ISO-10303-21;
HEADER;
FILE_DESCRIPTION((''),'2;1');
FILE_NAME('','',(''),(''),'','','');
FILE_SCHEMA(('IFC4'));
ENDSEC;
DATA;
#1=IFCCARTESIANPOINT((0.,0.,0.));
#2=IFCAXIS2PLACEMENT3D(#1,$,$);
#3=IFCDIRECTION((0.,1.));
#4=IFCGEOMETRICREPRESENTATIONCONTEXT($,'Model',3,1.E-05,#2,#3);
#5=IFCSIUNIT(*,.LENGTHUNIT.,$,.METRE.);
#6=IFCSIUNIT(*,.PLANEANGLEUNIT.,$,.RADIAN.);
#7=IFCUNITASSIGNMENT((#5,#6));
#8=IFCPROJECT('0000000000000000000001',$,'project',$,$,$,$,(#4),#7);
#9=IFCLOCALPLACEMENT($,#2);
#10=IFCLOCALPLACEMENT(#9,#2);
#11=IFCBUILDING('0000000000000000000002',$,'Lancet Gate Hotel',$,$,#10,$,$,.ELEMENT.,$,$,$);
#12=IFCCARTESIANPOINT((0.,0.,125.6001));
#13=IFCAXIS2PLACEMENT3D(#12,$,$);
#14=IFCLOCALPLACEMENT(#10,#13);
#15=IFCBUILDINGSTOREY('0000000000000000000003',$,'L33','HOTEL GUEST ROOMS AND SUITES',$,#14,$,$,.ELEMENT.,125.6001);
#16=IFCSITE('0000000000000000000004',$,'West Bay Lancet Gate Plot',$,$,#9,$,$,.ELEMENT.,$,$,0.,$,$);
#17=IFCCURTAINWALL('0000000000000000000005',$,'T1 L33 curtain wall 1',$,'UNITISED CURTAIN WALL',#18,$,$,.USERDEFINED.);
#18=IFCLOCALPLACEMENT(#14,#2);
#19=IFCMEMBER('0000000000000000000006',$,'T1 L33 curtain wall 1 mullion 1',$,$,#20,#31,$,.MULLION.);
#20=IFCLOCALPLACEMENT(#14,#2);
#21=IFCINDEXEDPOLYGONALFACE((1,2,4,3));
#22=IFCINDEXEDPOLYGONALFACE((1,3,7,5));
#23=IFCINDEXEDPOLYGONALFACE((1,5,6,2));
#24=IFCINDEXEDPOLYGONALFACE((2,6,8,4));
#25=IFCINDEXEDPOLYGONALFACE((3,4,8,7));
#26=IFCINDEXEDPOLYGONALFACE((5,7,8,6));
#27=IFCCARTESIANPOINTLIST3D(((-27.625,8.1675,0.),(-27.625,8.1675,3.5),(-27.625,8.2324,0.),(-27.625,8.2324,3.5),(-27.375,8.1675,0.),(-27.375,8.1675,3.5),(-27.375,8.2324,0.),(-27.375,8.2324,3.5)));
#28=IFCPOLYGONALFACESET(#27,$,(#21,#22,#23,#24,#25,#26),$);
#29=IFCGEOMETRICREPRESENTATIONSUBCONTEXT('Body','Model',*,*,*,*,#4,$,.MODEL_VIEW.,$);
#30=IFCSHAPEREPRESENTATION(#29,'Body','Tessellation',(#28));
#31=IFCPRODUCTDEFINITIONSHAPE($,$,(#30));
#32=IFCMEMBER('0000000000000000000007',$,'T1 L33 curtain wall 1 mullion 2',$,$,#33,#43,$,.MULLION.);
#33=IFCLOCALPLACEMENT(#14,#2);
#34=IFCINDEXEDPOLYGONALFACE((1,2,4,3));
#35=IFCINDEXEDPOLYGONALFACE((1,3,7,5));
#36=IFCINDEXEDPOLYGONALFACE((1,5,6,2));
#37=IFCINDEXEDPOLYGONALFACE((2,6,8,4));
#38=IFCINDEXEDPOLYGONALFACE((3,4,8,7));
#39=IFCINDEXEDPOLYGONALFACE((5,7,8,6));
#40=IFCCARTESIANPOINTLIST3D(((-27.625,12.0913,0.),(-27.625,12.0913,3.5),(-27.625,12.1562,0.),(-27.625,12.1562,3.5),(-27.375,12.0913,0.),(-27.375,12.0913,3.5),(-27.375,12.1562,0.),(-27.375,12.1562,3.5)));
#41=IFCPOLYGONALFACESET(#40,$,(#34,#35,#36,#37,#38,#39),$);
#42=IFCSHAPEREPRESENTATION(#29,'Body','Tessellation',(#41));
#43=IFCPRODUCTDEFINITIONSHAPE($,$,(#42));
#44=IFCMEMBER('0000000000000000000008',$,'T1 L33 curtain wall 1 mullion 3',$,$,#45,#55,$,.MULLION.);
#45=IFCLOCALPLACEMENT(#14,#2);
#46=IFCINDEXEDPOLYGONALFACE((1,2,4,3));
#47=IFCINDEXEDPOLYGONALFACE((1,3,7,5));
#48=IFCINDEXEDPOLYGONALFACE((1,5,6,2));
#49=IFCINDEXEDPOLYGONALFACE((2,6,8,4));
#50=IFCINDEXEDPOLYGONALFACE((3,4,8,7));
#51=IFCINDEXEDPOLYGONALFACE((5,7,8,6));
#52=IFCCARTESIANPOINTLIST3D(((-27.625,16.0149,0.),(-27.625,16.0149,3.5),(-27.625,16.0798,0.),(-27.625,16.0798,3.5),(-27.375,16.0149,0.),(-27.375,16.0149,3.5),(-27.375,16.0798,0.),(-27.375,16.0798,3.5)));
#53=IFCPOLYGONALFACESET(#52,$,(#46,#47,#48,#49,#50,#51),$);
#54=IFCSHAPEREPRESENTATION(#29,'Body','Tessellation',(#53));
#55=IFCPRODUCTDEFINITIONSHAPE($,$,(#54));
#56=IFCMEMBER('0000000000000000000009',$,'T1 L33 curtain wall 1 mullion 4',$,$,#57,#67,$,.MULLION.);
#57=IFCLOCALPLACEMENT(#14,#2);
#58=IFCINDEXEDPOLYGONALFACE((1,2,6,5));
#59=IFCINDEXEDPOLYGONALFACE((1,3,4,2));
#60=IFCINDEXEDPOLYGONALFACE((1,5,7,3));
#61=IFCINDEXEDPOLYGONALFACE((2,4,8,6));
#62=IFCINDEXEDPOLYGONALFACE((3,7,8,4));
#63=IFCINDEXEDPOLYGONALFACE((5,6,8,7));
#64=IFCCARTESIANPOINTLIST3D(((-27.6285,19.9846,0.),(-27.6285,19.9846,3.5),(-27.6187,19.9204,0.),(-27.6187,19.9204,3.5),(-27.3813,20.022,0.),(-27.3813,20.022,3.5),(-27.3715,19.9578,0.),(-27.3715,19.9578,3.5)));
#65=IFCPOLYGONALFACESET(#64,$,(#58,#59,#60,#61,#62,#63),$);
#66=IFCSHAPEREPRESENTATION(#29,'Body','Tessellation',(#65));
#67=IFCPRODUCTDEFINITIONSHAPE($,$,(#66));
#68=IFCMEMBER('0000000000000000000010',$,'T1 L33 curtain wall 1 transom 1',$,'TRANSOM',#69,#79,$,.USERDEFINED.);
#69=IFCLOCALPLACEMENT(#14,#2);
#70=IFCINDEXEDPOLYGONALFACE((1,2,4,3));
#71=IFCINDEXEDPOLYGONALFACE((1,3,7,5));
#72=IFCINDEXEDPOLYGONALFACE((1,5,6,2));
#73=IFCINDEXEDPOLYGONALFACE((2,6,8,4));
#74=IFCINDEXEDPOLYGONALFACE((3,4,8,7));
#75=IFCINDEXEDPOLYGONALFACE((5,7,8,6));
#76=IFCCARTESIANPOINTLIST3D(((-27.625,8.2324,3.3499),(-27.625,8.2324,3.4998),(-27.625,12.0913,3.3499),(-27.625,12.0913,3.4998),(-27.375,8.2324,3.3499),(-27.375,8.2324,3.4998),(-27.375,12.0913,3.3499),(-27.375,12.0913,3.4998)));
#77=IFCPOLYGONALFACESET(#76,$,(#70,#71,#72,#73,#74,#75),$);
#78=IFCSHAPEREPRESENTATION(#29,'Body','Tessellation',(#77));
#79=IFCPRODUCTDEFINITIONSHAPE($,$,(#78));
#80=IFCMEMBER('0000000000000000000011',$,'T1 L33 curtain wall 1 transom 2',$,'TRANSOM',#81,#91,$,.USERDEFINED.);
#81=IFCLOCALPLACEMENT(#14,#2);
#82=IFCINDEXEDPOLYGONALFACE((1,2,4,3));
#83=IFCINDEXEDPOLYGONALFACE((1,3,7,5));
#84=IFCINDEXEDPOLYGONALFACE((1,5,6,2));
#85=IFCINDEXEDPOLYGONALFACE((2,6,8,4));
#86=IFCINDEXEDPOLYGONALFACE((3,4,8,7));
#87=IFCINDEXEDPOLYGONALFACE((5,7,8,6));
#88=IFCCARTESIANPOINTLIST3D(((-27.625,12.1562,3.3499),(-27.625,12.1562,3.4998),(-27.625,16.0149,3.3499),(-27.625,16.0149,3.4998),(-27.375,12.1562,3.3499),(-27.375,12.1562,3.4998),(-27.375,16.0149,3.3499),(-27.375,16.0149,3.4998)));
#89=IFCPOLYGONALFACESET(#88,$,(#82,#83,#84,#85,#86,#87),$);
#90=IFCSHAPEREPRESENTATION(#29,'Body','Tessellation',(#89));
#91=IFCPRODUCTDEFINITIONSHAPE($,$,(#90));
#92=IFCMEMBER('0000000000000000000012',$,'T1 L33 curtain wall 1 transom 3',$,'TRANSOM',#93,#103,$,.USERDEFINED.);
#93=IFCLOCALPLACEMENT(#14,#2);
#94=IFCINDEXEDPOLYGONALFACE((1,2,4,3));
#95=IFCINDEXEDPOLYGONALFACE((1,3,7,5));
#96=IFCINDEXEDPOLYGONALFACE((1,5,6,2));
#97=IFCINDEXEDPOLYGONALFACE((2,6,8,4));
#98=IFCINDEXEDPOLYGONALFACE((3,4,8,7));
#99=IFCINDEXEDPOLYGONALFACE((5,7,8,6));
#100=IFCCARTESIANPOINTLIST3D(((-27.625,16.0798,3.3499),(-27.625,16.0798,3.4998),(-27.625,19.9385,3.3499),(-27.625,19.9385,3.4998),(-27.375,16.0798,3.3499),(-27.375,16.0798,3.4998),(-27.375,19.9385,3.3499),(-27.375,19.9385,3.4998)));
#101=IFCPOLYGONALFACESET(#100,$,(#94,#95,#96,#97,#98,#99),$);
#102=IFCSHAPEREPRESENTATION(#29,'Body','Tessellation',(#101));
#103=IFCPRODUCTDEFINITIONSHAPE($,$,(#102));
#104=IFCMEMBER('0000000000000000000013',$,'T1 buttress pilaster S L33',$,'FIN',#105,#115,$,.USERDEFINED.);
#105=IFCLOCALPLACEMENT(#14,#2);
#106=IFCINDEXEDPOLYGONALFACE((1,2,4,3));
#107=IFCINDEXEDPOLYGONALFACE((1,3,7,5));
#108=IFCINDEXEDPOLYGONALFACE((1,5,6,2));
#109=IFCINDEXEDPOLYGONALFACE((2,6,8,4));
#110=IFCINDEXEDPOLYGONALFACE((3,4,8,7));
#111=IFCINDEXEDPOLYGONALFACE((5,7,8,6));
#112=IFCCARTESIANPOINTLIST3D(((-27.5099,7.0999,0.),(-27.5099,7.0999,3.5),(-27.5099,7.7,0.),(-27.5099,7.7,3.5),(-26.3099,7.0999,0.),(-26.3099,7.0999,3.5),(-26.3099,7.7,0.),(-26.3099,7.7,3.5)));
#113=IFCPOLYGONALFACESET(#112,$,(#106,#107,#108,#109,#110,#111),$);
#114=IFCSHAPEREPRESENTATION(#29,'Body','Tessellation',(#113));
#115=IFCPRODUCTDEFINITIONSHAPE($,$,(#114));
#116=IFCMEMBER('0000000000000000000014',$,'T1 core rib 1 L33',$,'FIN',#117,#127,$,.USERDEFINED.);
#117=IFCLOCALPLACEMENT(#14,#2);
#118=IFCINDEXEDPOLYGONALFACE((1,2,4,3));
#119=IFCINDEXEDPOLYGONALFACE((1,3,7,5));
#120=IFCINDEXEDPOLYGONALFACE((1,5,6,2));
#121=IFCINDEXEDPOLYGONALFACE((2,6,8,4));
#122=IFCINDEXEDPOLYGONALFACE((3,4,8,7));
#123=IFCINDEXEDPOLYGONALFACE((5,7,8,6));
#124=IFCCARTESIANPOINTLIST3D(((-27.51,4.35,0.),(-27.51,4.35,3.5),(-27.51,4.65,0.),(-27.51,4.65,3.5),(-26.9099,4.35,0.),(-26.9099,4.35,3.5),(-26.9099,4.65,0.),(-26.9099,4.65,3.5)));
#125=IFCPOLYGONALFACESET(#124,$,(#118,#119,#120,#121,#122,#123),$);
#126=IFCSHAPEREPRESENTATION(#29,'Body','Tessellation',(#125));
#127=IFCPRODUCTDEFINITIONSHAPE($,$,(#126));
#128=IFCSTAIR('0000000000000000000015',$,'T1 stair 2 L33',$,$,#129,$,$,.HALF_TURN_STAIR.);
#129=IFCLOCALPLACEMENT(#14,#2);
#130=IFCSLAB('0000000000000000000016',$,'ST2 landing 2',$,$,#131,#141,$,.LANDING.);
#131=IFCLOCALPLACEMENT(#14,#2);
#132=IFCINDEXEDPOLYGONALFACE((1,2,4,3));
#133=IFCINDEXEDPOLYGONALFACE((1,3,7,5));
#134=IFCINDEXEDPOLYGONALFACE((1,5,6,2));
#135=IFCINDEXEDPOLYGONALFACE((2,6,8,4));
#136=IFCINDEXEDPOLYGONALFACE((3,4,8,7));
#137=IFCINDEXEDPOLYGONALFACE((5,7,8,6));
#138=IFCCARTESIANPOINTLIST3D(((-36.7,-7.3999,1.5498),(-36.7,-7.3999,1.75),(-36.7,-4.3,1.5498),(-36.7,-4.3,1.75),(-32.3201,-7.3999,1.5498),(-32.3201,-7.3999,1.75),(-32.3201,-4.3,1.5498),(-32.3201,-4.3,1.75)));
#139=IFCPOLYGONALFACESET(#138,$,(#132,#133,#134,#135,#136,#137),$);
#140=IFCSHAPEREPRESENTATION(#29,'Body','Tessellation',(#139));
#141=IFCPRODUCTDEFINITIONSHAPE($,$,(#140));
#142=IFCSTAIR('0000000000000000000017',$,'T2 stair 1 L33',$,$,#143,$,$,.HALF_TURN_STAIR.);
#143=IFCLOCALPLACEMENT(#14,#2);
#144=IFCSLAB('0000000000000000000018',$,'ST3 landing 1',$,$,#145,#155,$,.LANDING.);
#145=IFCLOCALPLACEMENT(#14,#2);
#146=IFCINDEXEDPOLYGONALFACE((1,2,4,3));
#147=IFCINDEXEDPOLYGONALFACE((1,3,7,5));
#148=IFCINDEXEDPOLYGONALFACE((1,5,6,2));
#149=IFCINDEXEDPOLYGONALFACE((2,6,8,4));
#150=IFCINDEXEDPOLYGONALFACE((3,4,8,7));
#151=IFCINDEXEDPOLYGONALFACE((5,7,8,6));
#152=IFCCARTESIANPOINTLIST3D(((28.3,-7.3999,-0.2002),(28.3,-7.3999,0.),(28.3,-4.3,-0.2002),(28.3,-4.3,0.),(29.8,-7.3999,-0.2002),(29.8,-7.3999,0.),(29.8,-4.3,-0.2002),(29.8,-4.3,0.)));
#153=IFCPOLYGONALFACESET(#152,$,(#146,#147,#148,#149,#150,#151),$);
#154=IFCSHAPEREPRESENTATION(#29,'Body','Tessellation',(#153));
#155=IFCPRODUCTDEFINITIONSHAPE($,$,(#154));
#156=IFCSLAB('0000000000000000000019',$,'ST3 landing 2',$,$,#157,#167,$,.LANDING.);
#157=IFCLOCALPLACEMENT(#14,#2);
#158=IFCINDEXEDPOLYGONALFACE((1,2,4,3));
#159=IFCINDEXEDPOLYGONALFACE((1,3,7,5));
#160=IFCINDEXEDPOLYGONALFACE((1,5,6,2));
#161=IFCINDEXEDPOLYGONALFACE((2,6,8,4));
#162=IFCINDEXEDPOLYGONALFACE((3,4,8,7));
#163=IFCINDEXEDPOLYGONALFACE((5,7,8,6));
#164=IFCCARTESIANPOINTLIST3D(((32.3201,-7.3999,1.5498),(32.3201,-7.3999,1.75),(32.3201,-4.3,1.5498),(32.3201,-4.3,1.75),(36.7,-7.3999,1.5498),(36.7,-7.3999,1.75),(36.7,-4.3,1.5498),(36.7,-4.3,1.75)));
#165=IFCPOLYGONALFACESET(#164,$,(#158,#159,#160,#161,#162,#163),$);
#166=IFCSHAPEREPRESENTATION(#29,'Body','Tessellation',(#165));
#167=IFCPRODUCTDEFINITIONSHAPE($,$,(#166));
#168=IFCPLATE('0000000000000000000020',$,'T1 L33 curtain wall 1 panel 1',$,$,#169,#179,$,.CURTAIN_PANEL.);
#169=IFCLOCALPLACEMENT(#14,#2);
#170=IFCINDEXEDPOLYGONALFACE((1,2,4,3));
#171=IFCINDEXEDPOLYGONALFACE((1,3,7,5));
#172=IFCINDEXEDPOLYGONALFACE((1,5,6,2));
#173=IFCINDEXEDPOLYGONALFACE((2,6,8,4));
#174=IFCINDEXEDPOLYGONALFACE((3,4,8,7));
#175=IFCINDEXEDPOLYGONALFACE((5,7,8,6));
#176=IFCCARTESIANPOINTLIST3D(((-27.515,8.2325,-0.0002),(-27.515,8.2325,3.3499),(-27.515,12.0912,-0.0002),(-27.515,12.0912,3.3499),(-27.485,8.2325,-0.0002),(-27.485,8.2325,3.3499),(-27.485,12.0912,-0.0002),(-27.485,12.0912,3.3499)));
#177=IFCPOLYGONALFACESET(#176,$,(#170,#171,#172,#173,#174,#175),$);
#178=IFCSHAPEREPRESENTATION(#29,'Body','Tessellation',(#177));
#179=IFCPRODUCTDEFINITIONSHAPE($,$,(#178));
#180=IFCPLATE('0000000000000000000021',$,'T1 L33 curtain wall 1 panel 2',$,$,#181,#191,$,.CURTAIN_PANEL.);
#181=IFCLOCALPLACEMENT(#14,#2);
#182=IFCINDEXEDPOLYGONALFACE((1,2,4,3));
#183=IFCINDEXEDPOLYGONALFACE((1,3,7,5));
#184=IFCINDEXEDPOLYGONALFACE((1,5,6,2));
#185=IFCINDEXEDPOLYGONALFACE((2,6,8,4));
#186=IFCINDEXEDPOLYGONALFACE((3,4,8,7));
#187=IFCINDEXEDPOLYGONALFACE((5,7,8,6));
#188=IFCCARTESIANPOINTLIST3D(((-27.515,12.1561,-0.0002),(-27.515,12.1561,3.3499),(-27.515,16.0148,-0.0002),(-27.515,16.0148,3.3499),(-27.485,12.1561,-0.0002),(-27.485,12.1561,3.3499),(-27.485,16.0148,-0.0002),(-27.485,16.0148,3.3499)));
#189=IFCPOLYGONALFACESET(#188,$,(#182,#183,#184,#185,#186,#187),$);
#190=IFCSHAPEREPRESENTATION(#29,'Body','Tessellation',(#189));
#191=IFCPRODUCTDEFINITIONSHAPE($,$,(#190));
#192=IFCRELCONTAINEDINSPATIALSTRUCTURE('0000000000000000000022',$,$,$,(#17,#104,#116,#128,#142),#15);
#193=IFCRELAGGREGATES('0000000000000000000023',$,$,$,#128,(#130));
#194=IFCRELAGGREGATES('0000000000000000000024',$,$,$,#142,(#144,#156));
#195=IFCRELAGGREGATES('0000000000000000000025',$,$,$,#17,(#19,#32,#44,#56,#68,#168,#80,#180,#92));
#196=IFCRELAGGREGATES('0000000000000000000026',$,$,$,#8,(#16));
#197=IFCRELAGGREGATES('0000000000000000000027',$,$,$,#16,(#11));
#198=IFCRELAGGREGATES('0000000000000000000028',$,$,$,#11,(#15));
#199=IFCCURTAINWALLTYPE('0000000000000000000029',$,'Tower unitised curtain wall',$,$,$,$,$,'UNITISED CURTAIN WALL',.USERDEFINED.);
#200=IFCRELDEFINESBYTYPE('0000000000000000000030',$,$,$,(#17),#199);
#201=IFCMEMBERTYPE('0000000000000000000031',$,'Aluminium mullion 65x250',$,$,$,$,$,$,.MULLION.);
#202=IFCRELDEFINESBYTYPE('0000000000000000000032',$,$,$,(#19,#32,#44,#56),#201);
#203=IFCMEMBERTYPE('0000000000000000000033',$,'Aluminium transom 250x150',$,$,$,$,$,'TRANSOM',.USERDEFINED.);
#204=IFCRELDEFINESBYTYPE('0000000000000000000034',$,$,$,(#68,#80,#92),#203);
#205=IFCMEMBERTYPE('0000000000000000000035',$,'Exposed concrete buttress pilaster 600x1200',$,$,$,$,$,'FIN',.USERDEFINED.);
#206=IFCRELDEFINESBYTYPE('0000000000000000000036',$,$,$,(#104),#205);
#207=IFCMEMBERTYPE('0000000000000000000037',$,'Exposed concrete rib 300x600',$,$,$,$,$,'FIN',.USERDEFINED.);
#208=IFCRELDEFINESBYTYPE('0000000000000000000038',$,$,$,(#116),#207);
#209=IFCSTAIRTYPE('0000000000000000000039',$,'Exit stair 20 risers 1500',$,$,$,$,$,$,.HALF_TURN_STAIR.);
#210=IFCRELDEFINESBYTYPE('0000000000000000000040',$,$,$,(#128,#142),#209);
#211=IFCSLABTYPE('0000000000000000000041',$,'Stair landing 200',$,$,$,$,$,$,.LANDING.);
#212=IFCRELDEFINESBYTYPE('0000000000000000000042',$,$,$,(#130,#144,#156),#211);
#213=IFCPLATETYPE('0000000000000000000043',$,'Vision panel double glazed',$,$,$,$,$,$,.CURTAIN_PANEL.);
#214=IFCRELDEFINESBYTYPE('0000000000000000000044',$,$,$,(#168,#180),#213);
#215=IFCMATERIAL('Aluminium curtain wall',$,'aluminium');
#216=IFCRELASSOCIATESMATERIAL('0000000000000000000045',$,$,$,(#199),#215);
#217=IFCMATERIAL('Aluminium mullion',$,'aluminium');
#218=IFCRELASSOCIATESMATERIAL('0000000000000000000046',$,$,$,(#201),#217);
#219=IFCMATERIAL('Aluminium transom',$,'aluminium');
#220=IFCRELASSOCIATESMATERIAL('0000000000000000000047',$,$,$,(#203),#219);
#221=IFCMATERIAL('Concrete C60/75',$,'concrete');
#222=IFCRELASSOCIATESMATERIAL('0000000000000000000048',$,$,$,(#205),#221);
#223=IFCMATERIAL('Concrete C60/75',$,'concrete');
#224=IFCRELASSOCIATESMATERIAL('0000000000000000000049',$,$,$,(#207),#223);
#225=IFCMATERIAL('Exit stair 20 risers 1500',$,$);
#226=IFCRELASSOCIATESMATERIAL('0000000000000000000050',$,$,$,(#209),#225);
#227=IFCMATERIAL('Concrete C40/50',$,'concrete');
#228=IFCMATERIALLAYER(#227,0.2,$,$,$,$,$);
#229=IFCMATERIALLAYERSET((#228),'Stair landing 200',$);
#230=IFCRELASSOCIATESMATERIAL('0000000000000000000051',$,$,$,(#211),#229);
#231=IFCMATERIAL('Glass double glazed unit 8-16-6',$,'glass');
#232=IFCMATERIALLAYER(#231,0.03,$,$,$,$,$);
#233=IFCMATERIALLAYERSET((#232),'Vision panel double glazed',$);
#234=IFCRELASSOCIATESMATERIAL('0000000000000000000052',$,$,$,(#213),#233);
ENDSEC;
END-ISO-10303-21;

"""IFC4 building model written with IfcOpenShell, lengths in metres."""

from ifc_helpers import new_model, si_unit, direction, frame, origin, origin_2d, place, context, subcontext, project, spatial, polyline, rectangle, outline, extrude, material, layer, layer_set, material_profile, profile_set, type_object, element, aggregate, save


model = new_model("IFC4")

# Units and contexts
model_context = context("Model", 3, precision=1e-05, world=origin(), true_north=direction((0.0, 1.0)))
body_context = subcontext(model_context, "Body", "Model", "MODEL_VIEW")
ifc_project = project(units=[si_unit("LENGTHUNIT", "METRE"), si_unit("PLANEANGLEUNIT", "RADIAN")], contexts=[model_context])

# Site, building, storey
site_placement = place(None, origin())
site = spatial("IfcSite", under=ifc_project, at=site_placement, Name="West Bay Lancet Gate Plot", CompositionType="ELEMENT", RefElevation=0.0)
building_placement = place(site_placement, origin())
building = spatial("IfcBuilding", under=site, at=building_placement, Name="Lancet Gate Hotel", CompositionType="ELEMENT")
storey_placement = place(building_placement, frame((0.0, 0.0, 125.6001)))
storey = spatial("IfcBuildingStorey", under=building, at=storey_placement, Name="L33", Description="HOTEL GUEST ROOMS AND SUITES", CompositionType="ELEMENT", Elevation=125.6001)

# Curtain wall, members
ifc_material_1 = material(Name="Aluminium curtain wall", Category="aluminium")
curtain_wall_type = type_object("IfcCurtainWallType", Name="Tower unitised curtain wall", ElementType="UNITISED CURTAIN WALL", PredefinedType="USERDEFINED", material=ifc_material_1)
curtain_wall_placement = place(storey_placement, origin())
curtain_wall = element("IfcCurtainWall", 1, at=curtain_wall_placement, inside=storey, type_object=curtain_wall_type, Name="T1 L33 curtain wall 1", ObjectType="UNITISED CURTAIN WALL", PredefinedType="USERDEFINED")
ifc_material_2 = material(Name="Aluminium mullion", Category="aluminium")
ifc_material_profile_1 = material_profile(ifc_material_2, rectangle(XDim=0.0649, YDim=0.25, at=origin_2d()), Name="MULLION 65x250")
ifc_profile_set_1 = profile_set([ifc_material_profile_1], Name="Aluminium mullion")
member_type_1 = type_object("IfcMemberType", Name="Aluminium mullion 65x250", PredefinedType="MULLION", material=ifc_profile_set_1)
member_1_placement = place(storey_placement, frame((-27.5, 8.2, 0.0), z_axis=(0.0, 0.0, 1.0), x_axis=(0.0, 1.0, 0.0)))
member_1 = element("IfcMember", 2, at=member_1_placement, type_object=member_type_1, Name="T1 L33 curtain wall 1 mullion 1", PredefinedType="MULLION", context=body_context, shape_type="SweptSolid", body=[
    extrude(rectangle(XDim=0.0649, YDim=0.25, at=origin_2d()), origin(), (0.0, 0.0, 1.0), 3.5),
])
member_2_placement = place(storey_placement, frame((-27.5, 12.1238, 0.0), z_axis=(0.0, 0.0, 1.0), x_axis=(0.0, 1.0, 0.0)))
member_2 = element("IfcMember", 3, at=member_2_placement, type_object=member_type_1, Name="T1 L33 curtain wall 1 mullion 2", PredefinedType="MULLION", context=body_context, shape_type="SweptSolid", body=[
    extrude(rectangle(XDim=0.0649, YDim=0.25, at=origin_2d()), origin(), (0.0, 0.0, 1.0), 3.5),
])
member_3_placement = place(storey_placement, frame((-27.5, 16.0474, 0.0), z_axis=(0.0, 0.0, 1.0), x_axis=(0.0, 1.0, 0.0)))
member_3 = element("IfcMember", 4, at=member_3_placement, type_object=member_type_1, Name="T1 L33 curtain wall 1 mullion 3", PredefinedType="MULLION", context=body_context, shape_type="SweptSolid", body=[
    extrude(rectangle(XDim=0.0649, YDim=0.25, at=origin_2d()), origin(), (0.0, 0.0, 1.0), 3.5),
])
member_4_placement = place(storey_placement, frame((-27.5, 19.9712, 0.0), z_axis=(0.0, 0.0, 1.0), x_axis=(-0.149634, 0.988741, 0.0)))
member_4 = element("IfcMember", 5, at=member_4_placement, type_object=member_type_1, Name="T1 L33 curtain wall 1 mullion 4", PredefinedType="MULLION", context=body_context, shape_type="SweptSolid", body=[
    extrude(rectangle(XDim=0.0649, YDim=0.25, at=origin_2d()), origin(), (0.0, 0.0, 1.0), 3.5),
])
ifc_material_3 = material(Name="Aluminium transom", Category="aluminium")
ifc_material_profile_2 = material_profile(ifc_material_3, rectangle(XDim=0.25, YDim=0.1499, at=origin_2d()), Name="TRANSOM 250x150")
ifc_profile_set_2 = profile_set([ifc_material_profile_2], Name="Aluminium transom")
member_type_2 = type_object("IfcMemberType", Name="Aluminium transom 250x150", ElementType="TRANSOM", PredefinedType="USERDEFINED", material=ifc_profile_set_2)
member_5_placement = place(storey_placement, frame((-27.5, 8.2324, 3.4248), z_axis=(0.0, 1.0, 0.0), x_axis=(-1.0, 0.0, 0.0)))
member_5 = element("IfcMember", 6, at=member_5_placement, type_object=member_type_2, Name="T1 L33 curtain wall 1 transom 1", ObjectType="TRANSOM", PredefinedType="USERDEFINED", context=body_context, shape_type="SweptSolid", body=[
    extrude(rectangle(XDim=0.25, YDim=0.1499, at=origin_2d()), origin(), (0.0, 0.0, 1.0), 3.8589),
])
member_6_placement = place(storey_placement, frame((-27.5, 12.1562, 3.4248), z_axis=(0.0, 1.0, 0.0), x_axis=(-1.0, 0.0, 0.0)))
member_6 = element("IfcMember", 7, at=member_6_placement, type_object=member_type_2, Name="T1 L33 curtain wall 1 transom 2", ObjectType="TRANSOM", PredefinedType="USERDEFINED", context=body_context, shape_type="SweptSolid", body=[
    extrude(rectangle(XDim=0.25, YDim=0.1499, at=origin_2d()), origin(), (0.0, 0.0, 1.0), 3.8586),
])
member_7_placement = place(storey_placement, frame((-27.5, 16.0798, 3.4248), z_axis=(0.0, 1.0, 0.0), x_axis=(-1.0, 0.0, 0.0)))
member_7 = element("IfcMember", 8, at=member_7_placement, type_object=member_type_2, Name="T1 L33 curtain wall 1 transom 3", ObjectType="TRANSOM", PredefinedType="USERDEFINED", context=body_context, shape_type="SweptSolid", body=[
    extrude(rectangle(XDim=0.25, YDim=0.1499, at=origin_2d()), origin(), (0.0, 0.0, 1.0), 3.8586),
])

# Members
ifc_material_4 = material(Name="Concrete C60/75", Category="concrete")
ifc_material_profile_3 = material_profile(ifc_material_4, rectangle(XDim=0.6001, YDim=1.2, at=origin_2d()), Name="FIN 600x1200")
ifc_profile_set_3 = profile_set([ifc_material_profile_3], Name="Concrete C60/75")
member_type_3 = type_object("IfcMemberType", Name="Exposed concrete buttress pilaster 600x1200", ElementType="FIN", PredefinedType="USERDEFINED", material=ifc_profile_set_3)
member_8_placement = place(storey_placement, frame((-26.9099, 7.3999, 0.0), z_axis=(0.0, 0.0, 1.0), x_axis=(0.0, 1.0, 0.0)))
element("IfcMember", 9, at=member_8_placement, inside=storey, type_object=member_type_3, Name="T1 buttress pilaster S L33", ObjectType="FIN", PredefinedType="USERDEFINED", context=body_context, shape_type="SweptSolid", body=[
    extrude(rectangle(XDim=0.6001, YDim=1.2, at=origin_2d()), origin(), (0.0, 0.0, 1.0), 3.5),
])
ifc_material_5 = material(Name="Concrete C60/75", Category="concrete")
ifc_material_profile_4 = material_profile(ifc_material_5, rectangle(XDim=0.3, YDim=0.6001, at=origin_2d()), Name="FIN 300x600")
ifc_profile_set_4 = profile_set([ifc_material_profile_4], Name="Concrete C60/75")
member_type_4 = type_object("IfcMemberType", Name="Exposed concrete rib 300x600", ElementType="FIN", PredefinedType="USERDEFINED", material=ifc_profile_set_4)
member_9_placement = place(storey_placement, frame((-27.21, 4.5, 0.0), z_axis=(0.0, 0.0, 1.0), x_axis=(0.0, 1.0, 0.0)))
element("IfcMember", 10, at=member_9_placement, inside=storey, type_object=member_type_4, Name="T1 core rib 1 L33", ObjectType="FIN", PredefinedType="USERDEFINED", context=body_context, shape_type="SweptSolid", body=[
    extrude(rectangle(XDim=0.3, YDim=0.6001, at=origin_2d()), origin(), (0.0, 0.0, 1.0), 3.5),
])

# Stair, slab
ifc_material_6 = material(Name="Exit stair 20 risers 1500")
stair_type = type_object("IfcStairType", Name="Exit stair 20 risers 1500", PredefinedType="HALF_TURN_STAIR", material=ifc_material_6)
stair_1_placement = place(storey_placement, origin())
stair_1 = element("IfcStair", 11, at=stair_1_placement, inside=storey, type_object=stair_type, Name="T1 stair 2 L33", PredefinedType="HALF_TURN_STAIR")
ifc_material_7 = material(Name="Concrete C40/50", Category="concrete")
ifc_layer_1 = layer(ifc_material_7, 0.2)
ifc_layer_set_1 = layer_set([ifc_layer_1], Name="Stair landing 200")
slab_type = type_object("IfcSlabType", Name="Stair landing 200", PredefinedType="LANDING", material=ifc_layer_set_1)
slab_1_placement = place(storey_placement, frame((0.0, 0.0, 1.5498)))
slab_1 = element("IfcSlab", 12, at=slab_1_placement, type_object=slab_type, Name="ST2 landing 2", PredefinedType="LANDING", context=body_context, shape_type="SweptSolid", body=[
    extrude(outline(polyline([(-32.3201, -4.3), (-36.7, -4.3), (-36.7, -7.3999), (-32.3201, -7.3999), (-32.3201, -4.3)])), origin(), (0.0, 0.0, 1.0), 0.2002),
])
aggregate(stair_1, [slab_1])

# Stair, slabs
stair_2_placement = place(storey_placement, origin())
stair_2 = element("IfcStair", 13, at=stair_2_placement, inside=storey, type_object=stair_type, Name="T2 stair 1 L33", PredefinedType="HALF_TURN_STAIR")
slab_2_placement = place(storey_placement, frame((0.0, 0.0, -0.2002)))
slab_2 = element("IfcSlab", 14, at=slab_2_placement, type_object=slab_type, Name="ST3 landing 1", PredefinedType="LANDING", context=body_context, shape_type="SweptSolid", body=[
    extrude(outline(polyline([(28.3, -7.3999), (29.8, -7.3999), (29.8, -4.3), (28.3, -4.3), (28.3, -7.3999)])), origin(), (0.0, 0.0, 1.0), 0.2002),
])
slab_3_placement = place(storey_placement, frame((0.0, 0.0, 1.5498)))
slab_3 = element("IfcSlab", 15, at=slab_3_placement, type_object=slab_type, Name="ST3 landing 2", PredefinedType="LANDING", context=body_context, shape_type="SweptSolid", body=[
    extrude(outline(polyline([(32.3201, -7.3999), (36.7, -7.3999), (36.7, -4.3), (32.3201, -4.3), (32.3201, -7.3999)])), origin(), (0.0, 0.0, 1.0), 0.2002),
])
aggregate(stair_2, [slab_2, slab_3])

# Plates
ifc_material_8 = material(Name="Glass double glazed unit 8-16-6", Category="glass")
ifc_layer_2 = layer(ifc_material_8, 0.03)
ifc_layer_set_2 = layer_set([ifc_layer_2], Name="Vision panel double glazed")
plate_type = type_object("IfcPlateType", Name="Vision panel double glazed", PredefinedType="CURTAIN_PANEL", material=ifc_layer_set_2)
plate_1_placement = place(storey_placement, frame((-27.5, 10.1619, -0.0002), z_axis=(0.0, 0.0, 1.0), x_axis=(0.0, 1.0, 0.0)))
plate_1 = element("IfcPlate", 16, at=plate_1_placement, type_object=plate_type, Name="T1 L33 curtain wall 1 panel 1", PredefinedType="CURTAIN_PANEL", context=body_context, shape_type="SweptSolid", body=[
    extrude(rectangle(XDim=3.8586, YDim=0.03, at=origin_2d()), origin(), (0.0, 0.0, 1.0), 3.3501),
])
plate_2_placement = place(storey_placement, frame((-27.5, 14.0854, -0.0002), z_axis=(0.0, 0.0, 1.0), x_axis=(0.0, 1.0, 0.0)))
plate_2 = element("IfcPlate", 17, at=plate_2_placement, type_object=plate_type, Name="T1 L33 curtain wall 1 panel 2", PredefinedType="CURTAIN_PANEL", context=body_context, shape_type="SweptSolid", body=[
    extrude(rectangle(XDim=3.8586, YDim=0.03, at=origin_2d()), origin(), (0.0, 0.0, 1.0), 3.3501),
])
aggregate(curtain_wall, [member_1, member_2, member_3, member_4, member_5, plate_1, member_6, plate_2, member_7])

save(model, "model.ifc")
